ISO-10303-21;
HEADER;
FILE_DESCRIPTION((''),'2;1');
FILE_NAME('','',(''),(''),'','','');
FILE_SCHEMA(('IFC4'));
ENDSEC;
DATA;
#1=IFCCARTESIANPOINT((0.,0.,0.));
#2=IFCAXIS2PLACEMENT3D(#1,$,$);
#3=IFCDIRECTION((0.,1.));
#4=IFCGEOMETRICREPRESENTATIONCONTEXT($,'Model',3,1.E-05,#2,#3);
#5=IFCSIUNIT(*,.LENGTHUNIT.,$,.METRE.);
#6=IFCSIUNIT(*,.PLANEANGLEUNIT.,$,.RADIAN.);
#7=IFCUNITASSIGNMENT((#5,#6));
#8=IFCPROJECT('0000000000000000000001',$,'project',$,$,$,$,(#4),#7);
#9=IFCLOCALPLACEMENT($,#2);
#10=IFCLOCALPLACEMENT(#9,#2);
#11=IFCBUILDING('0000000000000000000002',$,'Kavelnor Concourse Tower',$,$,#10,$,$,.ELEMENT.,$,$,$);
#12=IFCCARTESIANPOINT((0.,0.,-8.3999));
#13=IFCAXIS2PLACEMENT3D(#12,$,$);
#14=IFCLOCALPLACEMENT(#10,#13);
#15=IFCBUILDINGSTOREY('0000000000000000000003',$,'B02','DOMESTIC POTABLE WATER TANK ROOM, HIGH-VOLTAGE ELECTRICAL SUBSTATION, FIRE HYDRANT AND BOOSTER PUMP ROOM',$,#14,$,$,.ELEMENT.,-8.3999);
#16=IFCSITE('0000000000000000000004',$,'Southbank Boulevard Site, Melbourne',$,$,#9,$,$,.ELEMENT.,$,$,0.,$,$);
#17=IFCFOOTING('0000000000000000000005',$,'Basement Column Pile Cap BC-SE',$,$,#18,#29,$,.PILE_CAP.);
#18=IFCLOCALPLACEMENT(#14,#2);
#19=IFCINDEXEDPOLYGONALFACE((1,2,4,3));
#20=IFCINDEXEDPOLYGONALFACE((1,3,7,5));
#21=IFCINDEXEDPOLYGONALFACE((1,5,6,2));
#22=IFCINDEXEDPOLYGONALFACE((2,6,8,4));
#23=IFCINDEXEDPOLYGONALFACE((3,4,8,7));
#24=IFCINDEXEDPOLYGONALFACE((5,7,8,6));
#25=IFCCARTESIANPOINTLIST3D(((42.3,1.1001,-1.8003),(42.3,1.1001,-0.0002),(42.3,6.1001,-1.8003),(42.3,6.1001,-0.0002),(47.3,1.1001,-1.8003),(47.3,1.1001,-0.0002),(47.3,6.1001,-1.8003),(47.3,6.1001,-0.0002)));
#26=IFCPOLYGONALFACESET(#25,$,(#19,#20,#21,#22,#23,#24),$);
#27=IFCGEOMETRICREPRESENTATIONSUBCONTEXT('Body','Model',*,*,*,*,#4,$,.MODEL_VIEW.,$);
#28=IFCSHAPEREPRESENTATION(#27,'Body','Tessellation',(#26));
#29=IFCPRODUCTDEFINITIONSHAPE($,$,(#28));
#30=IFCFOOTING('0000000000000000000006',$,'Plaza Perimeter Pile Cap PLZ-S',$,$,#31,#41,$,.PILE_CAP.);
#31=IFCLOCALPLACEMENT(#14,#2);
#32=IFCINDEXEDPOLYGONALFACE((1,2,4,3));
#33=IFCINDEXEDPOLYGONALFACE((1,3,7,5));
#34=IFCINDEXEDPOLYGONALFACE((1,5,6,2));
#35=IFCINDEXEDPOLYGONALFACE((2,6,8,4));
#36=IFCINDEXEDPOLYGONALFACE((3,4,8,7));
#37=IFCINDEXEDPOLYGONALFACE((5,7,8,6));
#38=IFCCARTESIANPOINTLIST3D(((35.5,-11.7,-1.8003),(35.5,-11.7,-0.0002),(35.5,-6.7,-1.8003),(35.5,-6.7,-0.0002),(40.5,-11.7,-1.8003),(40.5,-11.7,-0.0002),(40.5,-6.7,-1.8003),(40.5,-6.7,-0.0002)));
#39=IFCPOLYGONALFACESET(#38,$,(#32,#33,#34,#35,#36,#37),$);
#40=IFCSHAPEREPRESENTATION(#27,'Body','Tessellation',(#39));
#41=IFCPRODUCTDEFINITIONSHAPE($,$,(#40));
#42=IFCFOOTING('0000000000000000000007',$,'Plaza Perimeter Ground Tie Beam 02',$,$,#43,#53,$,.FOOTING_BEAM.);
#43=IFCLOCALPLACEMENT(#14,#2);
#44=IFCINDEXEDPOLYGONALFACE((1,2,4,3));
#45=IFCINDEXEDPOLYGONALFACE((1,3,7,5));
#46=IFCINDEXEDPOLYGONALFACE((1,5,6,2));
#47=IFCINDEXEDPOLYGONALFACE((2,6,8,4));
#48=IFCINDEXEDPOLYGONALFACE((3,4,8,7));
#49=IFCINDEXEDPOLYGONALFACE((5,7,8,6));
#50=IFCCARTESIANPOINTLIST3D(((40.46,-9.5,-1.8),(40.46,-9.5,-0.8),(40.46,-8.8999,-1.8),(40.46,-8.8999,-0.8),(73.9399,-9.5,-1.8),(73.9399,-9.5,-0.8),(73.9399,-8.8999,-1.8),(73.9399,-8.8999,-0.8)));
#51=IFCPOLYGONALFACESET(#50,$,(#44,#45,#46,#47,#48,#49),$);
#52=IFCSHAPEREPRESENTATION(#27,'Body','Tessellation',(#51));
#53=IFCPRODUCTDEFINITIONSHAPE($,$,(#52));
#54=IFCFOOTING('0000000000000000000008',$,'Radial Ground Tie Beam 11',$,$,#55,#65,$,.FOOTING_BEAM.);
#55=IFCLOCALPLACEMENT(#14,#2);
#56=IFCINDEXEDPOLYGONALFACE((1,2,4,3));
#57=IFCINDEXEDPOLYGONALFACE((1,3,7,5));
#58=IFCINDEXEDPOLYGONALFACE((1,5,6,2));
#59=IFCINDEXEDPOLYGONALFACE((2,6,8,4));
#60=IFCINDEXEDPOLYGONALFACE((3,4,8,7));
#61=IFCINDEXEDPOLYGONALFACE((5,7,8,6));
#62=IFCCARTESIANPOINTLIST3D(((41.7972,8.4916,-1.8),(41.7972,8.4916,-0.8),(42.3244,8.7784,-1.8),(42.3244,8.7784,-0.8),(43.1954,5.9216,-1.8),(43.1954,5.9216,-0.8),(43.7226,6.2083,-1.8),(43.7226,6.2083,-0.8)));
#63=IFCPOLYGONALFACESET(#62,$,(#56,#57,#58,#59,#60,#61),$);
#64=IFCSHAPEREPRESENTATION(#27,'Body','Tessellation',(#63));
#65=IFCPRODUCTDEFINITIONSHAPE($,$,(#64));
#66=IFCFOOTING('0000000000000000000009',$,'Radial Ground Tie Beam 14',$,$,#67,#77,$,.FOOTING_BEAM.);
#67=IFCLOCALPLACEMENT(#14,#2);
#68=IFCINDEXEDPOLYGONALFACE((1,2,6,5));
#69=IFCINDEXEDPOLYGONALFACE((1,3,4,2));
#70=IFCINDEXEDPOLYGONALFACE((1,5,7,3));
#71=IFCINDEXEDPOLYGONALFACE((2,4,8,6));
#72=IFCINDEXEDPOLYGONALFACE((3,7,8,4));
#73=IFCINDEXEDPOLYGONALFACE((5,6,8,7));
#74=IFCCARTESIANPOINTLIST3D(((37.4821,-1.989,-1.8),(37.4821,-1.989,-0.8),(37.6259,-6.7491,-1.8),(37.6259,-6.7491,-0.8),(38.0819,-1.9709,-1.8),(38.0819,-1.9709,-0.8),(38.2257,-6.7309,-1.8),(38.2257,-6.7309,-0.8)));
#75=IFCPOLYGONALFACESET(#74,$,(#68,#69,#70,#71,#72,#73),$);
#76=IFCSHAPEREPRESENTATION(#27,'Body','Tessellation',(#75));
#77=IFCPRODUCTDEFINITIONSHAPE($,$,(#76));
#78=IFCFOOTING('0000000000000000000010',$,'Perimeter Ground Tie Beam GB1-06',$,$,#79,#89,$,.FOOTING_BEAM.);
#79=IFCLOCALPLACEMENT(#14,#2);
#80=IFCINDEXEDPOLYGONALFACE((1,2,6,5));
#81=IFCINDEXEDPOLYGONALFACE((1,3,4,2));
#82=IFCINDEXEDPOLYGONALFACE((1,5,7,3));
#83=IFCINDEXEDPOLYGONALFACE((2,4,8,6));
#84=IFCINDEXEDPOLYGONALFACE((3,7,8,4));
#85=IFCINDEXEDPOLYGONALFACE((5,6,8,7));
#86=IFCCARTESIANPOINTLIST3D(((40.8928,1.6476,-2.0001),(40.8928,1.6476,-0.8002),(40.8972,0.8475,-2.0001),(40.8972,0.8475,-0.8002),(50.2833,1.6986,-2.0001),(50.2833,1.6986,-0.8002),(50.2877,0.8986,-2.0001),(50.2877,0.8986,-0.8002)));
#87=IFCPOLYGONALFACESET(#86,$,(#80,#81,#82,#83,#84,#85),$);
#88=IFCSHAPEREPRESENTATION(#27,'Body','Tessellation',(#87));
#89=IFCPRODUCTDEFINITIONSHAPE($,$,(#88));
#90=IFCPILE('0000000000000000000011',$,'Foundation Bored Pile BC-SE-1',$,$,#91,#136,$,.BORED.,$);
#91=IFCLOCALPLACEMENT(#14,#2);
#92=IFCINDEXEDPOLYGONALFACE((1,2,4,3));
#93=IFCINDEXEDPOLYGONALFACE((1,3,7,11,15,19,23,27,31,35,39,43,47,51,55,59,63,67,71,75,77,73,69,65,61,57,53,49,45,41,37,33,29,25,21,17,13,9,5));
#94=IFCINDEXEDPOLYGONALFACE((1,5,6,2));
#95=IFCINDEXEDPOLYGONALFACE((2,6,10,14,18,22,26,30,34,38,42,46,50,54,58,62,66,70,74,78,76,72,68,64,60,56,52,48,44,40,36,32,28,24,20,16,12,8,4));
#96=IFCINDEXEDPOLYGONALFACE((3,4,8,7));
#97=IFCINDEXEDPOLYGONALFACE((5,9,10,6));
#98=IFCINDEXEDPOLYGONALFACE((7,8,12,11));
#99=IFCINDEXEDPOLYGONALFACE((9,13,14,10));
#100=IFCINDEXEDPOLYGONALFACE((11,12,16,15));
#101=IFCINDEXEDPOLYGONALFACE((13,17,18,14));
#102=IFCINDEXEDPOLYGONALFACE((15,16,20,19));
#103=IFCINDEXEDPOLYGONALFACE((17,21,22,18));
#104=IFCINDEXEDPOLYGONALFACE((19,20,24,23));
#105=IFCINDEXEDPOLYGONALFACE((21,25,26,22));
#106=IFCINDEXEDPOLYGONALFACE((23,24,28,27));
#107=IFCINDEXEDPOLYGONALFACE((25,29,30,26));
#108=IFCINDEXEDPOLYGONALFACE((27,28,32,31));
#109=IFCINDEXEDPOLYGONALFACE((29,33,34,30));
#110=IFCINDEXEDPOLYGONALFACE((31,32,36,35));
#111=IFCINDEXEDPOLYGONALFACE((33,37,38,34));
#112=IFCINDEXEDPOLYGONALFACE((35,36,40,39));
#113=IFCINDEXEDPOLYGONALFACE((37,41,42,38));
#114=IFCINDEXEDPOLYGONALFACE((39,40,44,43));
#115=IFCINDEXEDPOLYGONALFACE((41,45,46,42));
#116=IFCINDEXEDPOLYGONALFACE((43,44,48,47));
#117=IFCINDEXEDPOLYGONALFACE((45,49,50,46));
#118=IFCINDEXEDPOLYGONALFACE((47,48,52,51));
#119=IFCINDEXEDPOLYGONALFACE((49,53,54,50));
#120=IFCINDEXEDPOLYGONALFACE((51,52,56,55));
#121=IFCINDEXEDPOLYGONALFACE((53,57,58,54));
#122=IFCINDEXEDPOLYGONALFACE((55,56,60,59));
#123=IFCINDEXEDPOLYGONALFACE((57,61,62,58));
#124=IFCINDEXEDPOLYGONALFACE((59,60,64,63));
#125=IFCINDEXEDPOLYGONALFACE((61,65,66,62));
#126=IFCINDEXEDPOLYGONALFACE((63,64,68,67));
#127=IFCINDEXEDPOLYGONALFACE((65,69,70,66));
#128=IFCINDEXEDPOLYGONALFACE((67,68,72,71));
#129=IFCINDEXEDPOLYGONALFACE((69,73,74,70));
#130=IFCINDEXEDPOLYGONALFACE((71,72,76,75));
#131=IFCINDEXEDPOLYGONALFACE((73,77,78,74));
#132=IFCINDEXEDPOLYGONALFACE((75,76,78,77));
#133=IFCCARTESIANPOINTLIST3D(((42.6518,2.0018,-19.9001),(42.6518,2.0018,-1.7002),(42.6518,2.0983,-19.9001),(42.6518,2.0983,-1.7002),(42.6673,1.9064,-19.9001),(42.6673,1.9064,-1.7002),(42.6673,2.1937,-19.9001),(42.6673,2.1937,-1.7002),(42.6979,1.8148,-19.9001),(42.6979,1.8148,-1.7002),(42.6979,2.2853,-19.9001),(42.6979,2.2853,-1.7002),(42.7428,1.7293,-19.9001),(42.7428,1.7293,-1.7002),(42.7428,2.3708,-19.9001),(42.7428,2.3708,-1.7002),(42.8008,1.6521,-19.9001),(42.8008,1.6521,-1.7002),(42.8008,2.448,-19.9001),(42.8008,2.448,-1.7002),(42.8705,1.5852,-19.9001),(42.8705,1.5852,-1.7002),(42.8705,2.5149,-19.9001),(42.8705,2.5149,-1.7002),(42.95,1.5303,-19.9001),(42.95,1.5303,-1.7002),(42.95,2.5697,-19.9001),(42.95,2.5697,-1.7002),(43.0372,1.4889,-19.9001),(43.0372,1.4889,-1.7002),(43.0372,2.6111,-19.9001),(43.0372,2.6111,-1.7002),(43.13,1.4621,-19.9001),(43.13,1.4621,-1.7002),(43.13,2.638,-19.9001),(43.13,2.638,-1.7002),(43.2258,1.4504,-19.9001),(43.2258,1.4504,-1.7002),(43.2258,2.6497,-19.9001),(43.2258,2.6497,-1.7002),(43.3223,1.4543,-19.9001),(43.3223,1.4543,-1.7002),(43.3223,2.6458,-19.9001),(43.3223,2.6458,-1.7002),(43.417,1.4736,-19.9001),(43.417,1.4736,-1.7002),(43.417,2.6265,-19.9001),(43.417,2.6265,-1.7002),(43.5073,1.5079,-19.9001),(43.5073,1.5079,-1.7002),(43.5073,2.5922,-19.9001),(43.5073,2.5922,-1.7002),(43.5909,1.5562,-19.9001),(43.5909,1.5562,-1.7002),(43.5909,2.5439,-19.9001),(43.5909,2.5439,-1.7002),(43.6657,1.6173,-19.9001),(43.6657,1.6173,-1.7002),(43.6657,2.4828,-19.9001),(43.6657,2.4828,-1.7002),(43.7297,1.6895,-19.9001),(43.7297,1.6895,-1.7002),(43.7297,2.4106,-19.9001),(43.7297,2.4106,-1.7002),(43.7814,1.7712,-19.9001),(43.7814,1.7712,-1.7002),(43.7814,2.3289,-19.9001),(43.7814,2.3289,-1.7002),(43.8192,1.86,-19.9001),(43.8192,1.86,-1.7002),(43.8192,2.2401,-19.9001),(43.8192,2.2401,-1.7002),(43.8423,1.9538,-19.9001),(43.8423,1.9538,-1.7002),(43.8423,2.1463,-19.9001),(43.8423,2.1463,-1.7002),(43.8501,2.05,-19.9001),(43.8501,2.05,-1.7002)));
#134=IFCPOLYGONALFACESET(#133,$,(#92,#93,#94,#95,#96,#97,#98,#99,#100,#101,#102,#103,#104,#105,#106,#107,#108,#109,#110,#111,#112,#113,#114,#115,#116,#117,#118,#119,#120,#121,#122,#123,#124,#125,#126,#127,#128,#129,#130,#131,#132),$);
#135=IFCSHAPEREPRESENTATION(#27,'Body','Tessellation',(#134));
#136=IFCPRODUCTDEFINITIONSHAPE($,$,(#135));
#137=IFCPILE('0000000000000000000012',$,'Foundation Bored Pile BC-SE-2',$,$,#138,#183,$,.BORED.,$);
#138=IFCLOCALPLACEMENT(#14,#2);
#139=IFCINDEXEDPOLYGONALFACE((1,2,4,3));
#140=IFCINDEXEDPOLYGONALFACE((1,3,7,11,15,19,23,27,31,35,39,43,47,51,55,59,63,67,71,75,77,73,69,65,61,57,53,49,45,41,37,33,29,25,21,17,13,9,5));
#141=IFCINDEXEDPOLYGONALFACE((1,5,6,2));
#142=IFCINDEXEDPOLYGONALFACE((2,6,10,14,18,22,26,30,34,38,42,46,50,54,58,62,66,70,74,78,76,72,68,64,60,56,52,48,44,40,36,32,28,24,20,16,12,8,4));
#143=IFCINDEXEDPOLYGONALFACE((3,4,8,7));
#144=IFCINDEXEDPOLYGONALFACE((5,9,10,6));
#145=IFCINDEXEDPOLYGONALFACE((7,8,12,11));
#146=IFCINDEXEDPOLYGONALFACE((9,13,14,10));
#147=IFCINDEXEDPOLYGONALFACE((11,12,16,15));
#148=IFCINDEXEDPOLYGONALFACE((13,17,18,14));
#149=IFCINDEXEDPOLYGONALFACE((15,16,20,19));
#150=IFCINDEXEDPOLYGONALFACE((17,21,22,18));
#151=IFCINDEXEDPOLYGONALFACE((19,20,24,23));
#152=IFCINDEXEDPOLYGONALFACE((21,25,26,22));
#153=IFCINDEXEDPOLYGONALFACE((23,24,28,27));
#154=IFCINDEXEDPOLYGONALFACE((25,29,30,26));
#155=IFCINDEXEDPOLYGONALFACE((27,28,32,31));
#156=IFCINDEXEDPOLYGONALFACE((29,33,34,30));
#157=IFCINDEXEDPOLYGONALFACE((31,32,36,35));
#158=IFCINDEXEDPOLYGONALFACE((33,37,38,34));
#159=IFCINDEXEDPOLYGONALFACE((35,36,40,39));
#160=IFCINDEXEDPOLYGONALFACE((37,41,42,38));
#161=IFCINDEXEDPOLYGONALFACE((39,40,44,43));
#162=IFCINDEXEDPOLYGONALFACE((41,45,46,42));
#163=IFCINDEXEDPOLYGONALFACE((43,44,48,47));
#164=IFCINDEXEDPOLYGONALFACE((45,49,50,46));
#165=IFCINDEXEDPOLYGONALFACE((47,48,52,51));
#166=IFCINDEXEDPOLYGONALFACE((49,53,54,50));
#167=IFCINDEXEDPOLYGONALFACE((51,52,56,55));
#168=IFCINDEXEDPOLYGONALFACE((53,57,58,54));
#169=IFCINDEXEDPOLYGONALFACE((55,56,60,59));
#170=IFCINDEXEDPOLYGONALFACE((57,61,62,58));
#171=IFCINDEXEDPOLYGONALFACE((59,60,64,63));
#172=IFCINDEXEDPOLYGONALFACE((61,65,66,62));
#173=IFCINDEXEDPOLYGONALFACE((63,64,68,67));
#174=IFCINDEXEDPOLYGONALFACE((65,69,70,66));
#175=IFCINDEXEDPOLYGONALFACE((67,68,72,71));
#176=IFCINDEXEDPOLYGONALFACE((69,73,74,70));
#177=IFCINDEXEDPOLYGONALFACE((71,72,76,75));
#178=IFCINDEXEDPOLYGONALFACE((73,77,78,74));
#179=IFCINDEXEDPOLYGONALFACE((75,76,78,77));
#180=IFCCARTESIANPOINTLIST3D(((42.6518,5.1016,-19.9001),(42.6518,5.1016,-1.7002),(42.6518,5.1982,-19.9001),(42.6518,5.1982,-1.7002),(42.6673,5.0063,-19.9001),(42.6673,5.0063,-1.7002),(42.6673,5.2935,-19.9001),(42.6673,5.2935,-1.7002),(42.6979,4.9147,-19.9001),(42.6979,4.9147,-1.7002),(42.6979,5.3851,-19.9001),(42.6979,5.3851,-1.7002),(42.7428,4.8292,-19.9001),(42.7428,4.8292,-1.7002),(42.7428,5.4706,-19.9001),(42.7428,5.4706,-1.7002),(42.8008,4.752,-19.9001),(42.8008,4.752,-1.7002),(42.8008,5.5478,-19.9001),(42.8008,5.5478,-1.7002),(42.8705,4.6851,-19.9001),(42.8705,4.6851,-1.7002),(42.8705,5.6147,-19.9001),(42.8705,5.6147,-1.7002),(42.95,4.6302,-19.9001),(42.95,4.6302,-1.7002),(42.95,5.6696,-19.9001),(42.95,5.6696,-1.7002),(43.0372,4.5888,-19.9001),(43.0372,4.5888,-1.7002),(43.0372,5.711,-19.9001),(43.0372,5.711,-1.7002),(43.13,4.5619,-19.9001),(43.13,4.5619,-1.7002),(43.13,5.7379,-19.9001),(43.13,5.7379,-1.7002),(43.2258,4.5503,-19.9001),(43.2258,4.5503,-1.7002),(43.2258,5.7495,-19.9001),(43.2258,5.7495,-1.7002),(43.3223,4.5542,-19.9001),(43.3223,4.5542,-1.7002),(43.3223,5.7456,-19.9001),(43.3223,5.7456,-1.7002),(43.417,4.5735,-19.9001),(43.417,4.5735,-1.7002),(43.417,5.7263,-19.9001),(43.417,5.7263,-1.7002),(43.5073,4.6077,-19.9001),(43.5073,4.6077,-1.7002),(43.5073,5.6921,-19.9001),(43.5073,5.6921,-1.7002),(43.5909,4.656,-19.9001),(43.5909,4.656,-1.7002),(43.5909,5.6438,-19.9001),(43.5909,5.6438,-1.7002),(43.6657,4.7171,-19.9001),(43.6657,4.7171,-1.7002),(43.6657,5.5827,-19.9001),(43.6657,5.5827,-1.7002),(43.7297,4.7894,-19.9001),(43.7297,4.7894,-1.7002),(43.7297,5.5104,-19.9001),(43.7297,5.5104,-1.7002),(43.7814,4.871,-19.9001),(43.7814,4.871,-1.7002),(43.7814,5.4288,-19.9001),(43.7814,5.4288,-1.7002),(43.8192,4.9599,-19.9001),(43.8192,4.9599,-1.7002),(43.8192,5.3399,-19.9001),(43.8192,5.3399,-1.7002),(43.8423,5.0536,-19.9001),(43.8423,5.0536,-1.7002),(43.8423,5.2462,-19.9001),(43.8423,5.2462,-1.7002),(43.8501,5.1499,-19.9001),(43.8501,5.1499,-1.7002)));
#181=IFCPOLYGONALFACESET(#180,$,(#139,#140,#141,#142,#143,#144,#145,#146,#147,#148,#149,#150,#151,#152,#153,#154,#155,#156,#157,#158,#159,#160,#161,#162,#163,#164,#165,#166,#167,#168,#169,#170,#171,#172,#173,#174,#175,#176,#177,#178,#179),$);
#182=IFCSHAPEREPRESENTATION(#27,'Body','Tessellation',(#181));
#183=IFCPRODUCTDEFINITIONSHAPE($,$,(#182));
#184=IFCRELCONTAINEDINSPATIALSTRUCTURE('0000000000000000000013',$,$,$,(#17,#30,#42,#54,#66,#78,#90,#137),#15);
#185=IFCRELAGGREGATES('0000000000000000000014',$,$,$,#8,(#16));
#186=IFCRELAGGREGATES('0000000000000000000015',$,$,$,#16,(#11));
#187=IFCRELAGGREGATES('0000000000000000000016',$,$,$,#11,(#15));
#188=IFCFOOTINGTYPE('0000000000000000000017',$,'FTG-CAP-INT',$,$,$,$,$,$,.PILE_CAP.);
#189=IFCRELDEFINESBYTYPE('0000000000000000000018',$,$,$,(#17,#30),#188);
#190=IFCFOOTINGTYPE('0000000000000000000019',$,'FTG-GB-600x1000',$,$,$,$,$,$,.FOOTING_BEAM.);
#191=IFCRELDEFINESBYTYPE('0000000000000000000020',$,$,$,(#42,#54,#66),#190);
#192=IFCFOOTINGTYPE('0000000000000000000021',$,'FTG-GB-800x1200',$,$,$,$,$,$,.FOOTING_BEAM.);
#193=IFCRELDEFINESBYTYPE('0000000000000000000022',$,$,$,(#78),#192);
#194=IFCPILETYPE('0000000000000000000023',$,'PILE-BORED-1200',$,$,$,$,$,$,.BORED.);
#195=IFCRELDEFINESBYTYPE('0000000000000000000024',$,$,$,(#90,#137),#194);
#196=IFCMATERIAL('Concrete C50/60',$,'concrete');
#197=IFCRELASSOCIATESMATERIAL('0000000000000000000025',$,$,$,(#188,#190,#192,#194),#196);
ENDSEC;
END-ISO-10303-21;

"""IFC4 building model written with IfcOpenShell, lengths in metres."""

from ifc_helpers import new_model, si_unit, direction, frame, origin, origin_2d, place, context, subcontext, project, spatial, rectangle, circle, extrude, material, material_profile, profile_set, type_object, element, save


model = new_model("IFC4")

# Units and contexts
model_context = context("Model", 3, precision=1e-05, world=origin(), true_north=direction((0.0, 1.0)))
body_context = subcontext(model_context, "Body", "Model", "MODEL_VIEW")
ifc_project = project(units=[si_unit("LENGTHUNIT", "METRE"), si_unit("PLANEANGLEUNIT", "RADIAN")], contexts=[model_context])

# Site, building, storey
site_placement = place(None, origin())
site = spatial("IfcSite", under=ifc_project, at=site_placement, Name="Southbank Boulevard Site, Melbourne", CompositionType="ELEMENT", RefElevation=0.0)
building_placement = place(site_placement, origin())
building = spatial("IfcBuilding", under=site, at=building_placement, Name="Kavelnor Concourse Tower", CompositionType="ELEMENT")
storey_placement = place(building_placement, frame((0.0, 0.0, -8.3999)))
storey = spatial("IfcBuildingStorey", under=building, at=storey_placement, Name="B02", Description="DOMESTIC POTABLE WATER TANK ROOM, HIGH-VOLTAGE ELECTRICAL SUBSTATION, FIRE HYDRANT AND BOOSTER PUMP ROOM", CompositionType="ELEMENT", Elevation=-8.3999)

# Footings
ifc_material_1 = material(Name="Concrete C50/60", Category="concrete")
footing_type_1 = type_object("IfcFootingType", Name="FTG-CAP-INT", PredefinedType="PILE_CAP", material=ifc_material_1)
for number, where, z_axis, x_axis, name in (
    (1, (44.8, 3.6001, -1.8003), (0.0, 0.0, 1.0), (1.0, 0.0, 0.0), "Basement Column Pile Cap BC-SE"),
    (2, (38.0, -9.2, -1.8003), (0.0, 0.0, 1.0), (1.0, 0.0, 0.0), "Plaza Perimeter Pile Cap PLZ-S"),
):
    element("IfcFooting", number, at=place(storey_placement, frame(where, z_axis=z_axis, x_axis=x_axis)), inside=storey, type_object=footing_type_1, Name=name, PredefinedType="PILE_CAP", context=body_context, shape_type="SweptSolid", body=[
        extrude(rectangle(XDim=5.0, YDim=5.0, at=origin_2d()), origin(), (0.0, 0.0, 1.0), 1.8),
    ])
ifc_material_profile_1 = material_profile(ifc_material_1, rectangle(XDim=0.6001, YDim=1.0, at=origin_2d()), Name="RC-GB 600x1000")
ifc_profile_set_1 = profile_set([ifc_material_profile_1], Name="Concrete C50/60")
footing_type_2 = type_object("IfcFootingType", Name="FTG-GB-600x1000", PredefinedType="FOOTING_BEAM", material=ifc_profile_set_1)
footing_1_placement = place(storey_placement, frame((40.46, -9.2, -1.3), z_axis=(1.0, 0.0, 0.0), x_axis=(0.0, 1.0, 0.0)))
element("IfcFooting", 3, at=footing_1_placement, inside=storey, type_object=footing_type_2, Name="Plaza Perimeter Ground Tie Beam 02", PredefinedType="FOOTING_BEAM", context=body_context, shape_type="SweptSolid", body=[
    extrude(rectangle(XDim=0.6001, YDim=1.0, at=origin_2d()), origin(), (0.0, 0.0, 1.0), 33.48),
])
footing_2_placement = place(storey_placement, frame((43.459, 6.0649, -1.3), z_axis=(-0.477887, 0.878421, 0.0), x_axis=(-0.878421, -0.477887, 0.0)))
element("IfcFooting", 4, at=footing_2_placement, inside=storey, type_object=footing_type_2, Name="Radial Ground Tie Beam 11", PredefinedType="FOOTING_BEAM", context=body_context, shape_type="SweptSolid", body=[
    extrude(rectangle(XDim=0.6001, YDim=1.0, at=origin_2d()), origin(), (0.0, 0.0, 1.0), 2.9258),
])
footing_3_placement = place(storey_placement, frame((37.9258, -6.74, -1.3), z_axis=(-0.030196, 0.999544, 0.0), x_axis=(-0.999544, -0.030196, 0.0)))
element("IfcFooting", 5, at=footing_3_placement, inside=storey, type_object=footing_type_2, Name="Radial Ground Tie Beam 14", PredefinedType="FOOTING_BEAM", context=body_context, shape_type="SweptSolid", body=[
    extrude(rectangle(XDim=0.6001, YDim=1.0, at=origin_2d()), origin(), (0.0, 0.0, 1.0), 4.7622),
])
ifc_material_profile_2 = material_profile(ifc_material_1, rectangle(XDim=0.8, YDim=1.2, at=origin_2d()), Name="RC-GB 800x1200")
ifc_profile_set_2 = profile_set([ifc_material_profile_2], Name="Concrete C50/60")
footing_type_3 = type_object("IfcFootingType", Name="FTG-GB-800x1200", PredefinedType="FOOTING_BEAM", material=ifc_profile_set_2)
footing_4_placement = place(storey_placement, frame((40.895, 1.2476, -1.4001), z_axis=(0.999985, 0.005434, 0.0), x_axis=(-0.005434, 0.999985, 0.0)))
element("IfcFooting", 6, at=footing_4_placement, inside=storey, type_object=footing_type_3, Name="Perimeter Ground Tie Beam GB1-06", PredefinedType="FOOTING_BEAM", context=body_context, shape_type="SweptSolid", body=[
    extrude(rectangle(XDim=0.8, YDim=1.2, at=origin_2d()), origin(), (0.0, 0.0, 1.0), 9.3906),
])

# Piles
ifc_material_profile_3 = material_profile(ifc_material_1, circle(Radius=0.6001, at=origin_2d()), Name="PILE-D1200")
ifc_profile_set_3 = profile_set([ifc_material_profile_3], Name="Concrete C50/60")
pile_type_1 = type_object("IfcPileType", Name="PILE-BORED-1200", PredefinedType="BORED", material=ifc_profile_set_3)
for number, where, z_axis, x_axis, name in (
    (7, (43.25, 2.05, -1.7002), (0.0, 0.0, -1.0), (1.0, 0.0, 0.0), "Foundation Bored Pile BC-SE-1"),
    (8, (43.25, 5.1499, -1.7002), (0.0, 0.0, -1.0), (1.0, 0.0, 0.0), "Foundation Bored Pile BC-SE-2"),
):
    element("IfcPile", number, at=place(storey_placement, frame(where, z_axis=z_axis, x_axis=x_axis)), inside=storey, type_object=pile_type_1, Name=name, PredefinedType="BORED", context=body_context, shape_type="SweptSolid", body=[
        extrude(circle(Radius=0.6001, at=origin_2d()), origin(), (0.0, 0.0, 1.0), 18.2),
    ])

save(model, "model.ifc")
